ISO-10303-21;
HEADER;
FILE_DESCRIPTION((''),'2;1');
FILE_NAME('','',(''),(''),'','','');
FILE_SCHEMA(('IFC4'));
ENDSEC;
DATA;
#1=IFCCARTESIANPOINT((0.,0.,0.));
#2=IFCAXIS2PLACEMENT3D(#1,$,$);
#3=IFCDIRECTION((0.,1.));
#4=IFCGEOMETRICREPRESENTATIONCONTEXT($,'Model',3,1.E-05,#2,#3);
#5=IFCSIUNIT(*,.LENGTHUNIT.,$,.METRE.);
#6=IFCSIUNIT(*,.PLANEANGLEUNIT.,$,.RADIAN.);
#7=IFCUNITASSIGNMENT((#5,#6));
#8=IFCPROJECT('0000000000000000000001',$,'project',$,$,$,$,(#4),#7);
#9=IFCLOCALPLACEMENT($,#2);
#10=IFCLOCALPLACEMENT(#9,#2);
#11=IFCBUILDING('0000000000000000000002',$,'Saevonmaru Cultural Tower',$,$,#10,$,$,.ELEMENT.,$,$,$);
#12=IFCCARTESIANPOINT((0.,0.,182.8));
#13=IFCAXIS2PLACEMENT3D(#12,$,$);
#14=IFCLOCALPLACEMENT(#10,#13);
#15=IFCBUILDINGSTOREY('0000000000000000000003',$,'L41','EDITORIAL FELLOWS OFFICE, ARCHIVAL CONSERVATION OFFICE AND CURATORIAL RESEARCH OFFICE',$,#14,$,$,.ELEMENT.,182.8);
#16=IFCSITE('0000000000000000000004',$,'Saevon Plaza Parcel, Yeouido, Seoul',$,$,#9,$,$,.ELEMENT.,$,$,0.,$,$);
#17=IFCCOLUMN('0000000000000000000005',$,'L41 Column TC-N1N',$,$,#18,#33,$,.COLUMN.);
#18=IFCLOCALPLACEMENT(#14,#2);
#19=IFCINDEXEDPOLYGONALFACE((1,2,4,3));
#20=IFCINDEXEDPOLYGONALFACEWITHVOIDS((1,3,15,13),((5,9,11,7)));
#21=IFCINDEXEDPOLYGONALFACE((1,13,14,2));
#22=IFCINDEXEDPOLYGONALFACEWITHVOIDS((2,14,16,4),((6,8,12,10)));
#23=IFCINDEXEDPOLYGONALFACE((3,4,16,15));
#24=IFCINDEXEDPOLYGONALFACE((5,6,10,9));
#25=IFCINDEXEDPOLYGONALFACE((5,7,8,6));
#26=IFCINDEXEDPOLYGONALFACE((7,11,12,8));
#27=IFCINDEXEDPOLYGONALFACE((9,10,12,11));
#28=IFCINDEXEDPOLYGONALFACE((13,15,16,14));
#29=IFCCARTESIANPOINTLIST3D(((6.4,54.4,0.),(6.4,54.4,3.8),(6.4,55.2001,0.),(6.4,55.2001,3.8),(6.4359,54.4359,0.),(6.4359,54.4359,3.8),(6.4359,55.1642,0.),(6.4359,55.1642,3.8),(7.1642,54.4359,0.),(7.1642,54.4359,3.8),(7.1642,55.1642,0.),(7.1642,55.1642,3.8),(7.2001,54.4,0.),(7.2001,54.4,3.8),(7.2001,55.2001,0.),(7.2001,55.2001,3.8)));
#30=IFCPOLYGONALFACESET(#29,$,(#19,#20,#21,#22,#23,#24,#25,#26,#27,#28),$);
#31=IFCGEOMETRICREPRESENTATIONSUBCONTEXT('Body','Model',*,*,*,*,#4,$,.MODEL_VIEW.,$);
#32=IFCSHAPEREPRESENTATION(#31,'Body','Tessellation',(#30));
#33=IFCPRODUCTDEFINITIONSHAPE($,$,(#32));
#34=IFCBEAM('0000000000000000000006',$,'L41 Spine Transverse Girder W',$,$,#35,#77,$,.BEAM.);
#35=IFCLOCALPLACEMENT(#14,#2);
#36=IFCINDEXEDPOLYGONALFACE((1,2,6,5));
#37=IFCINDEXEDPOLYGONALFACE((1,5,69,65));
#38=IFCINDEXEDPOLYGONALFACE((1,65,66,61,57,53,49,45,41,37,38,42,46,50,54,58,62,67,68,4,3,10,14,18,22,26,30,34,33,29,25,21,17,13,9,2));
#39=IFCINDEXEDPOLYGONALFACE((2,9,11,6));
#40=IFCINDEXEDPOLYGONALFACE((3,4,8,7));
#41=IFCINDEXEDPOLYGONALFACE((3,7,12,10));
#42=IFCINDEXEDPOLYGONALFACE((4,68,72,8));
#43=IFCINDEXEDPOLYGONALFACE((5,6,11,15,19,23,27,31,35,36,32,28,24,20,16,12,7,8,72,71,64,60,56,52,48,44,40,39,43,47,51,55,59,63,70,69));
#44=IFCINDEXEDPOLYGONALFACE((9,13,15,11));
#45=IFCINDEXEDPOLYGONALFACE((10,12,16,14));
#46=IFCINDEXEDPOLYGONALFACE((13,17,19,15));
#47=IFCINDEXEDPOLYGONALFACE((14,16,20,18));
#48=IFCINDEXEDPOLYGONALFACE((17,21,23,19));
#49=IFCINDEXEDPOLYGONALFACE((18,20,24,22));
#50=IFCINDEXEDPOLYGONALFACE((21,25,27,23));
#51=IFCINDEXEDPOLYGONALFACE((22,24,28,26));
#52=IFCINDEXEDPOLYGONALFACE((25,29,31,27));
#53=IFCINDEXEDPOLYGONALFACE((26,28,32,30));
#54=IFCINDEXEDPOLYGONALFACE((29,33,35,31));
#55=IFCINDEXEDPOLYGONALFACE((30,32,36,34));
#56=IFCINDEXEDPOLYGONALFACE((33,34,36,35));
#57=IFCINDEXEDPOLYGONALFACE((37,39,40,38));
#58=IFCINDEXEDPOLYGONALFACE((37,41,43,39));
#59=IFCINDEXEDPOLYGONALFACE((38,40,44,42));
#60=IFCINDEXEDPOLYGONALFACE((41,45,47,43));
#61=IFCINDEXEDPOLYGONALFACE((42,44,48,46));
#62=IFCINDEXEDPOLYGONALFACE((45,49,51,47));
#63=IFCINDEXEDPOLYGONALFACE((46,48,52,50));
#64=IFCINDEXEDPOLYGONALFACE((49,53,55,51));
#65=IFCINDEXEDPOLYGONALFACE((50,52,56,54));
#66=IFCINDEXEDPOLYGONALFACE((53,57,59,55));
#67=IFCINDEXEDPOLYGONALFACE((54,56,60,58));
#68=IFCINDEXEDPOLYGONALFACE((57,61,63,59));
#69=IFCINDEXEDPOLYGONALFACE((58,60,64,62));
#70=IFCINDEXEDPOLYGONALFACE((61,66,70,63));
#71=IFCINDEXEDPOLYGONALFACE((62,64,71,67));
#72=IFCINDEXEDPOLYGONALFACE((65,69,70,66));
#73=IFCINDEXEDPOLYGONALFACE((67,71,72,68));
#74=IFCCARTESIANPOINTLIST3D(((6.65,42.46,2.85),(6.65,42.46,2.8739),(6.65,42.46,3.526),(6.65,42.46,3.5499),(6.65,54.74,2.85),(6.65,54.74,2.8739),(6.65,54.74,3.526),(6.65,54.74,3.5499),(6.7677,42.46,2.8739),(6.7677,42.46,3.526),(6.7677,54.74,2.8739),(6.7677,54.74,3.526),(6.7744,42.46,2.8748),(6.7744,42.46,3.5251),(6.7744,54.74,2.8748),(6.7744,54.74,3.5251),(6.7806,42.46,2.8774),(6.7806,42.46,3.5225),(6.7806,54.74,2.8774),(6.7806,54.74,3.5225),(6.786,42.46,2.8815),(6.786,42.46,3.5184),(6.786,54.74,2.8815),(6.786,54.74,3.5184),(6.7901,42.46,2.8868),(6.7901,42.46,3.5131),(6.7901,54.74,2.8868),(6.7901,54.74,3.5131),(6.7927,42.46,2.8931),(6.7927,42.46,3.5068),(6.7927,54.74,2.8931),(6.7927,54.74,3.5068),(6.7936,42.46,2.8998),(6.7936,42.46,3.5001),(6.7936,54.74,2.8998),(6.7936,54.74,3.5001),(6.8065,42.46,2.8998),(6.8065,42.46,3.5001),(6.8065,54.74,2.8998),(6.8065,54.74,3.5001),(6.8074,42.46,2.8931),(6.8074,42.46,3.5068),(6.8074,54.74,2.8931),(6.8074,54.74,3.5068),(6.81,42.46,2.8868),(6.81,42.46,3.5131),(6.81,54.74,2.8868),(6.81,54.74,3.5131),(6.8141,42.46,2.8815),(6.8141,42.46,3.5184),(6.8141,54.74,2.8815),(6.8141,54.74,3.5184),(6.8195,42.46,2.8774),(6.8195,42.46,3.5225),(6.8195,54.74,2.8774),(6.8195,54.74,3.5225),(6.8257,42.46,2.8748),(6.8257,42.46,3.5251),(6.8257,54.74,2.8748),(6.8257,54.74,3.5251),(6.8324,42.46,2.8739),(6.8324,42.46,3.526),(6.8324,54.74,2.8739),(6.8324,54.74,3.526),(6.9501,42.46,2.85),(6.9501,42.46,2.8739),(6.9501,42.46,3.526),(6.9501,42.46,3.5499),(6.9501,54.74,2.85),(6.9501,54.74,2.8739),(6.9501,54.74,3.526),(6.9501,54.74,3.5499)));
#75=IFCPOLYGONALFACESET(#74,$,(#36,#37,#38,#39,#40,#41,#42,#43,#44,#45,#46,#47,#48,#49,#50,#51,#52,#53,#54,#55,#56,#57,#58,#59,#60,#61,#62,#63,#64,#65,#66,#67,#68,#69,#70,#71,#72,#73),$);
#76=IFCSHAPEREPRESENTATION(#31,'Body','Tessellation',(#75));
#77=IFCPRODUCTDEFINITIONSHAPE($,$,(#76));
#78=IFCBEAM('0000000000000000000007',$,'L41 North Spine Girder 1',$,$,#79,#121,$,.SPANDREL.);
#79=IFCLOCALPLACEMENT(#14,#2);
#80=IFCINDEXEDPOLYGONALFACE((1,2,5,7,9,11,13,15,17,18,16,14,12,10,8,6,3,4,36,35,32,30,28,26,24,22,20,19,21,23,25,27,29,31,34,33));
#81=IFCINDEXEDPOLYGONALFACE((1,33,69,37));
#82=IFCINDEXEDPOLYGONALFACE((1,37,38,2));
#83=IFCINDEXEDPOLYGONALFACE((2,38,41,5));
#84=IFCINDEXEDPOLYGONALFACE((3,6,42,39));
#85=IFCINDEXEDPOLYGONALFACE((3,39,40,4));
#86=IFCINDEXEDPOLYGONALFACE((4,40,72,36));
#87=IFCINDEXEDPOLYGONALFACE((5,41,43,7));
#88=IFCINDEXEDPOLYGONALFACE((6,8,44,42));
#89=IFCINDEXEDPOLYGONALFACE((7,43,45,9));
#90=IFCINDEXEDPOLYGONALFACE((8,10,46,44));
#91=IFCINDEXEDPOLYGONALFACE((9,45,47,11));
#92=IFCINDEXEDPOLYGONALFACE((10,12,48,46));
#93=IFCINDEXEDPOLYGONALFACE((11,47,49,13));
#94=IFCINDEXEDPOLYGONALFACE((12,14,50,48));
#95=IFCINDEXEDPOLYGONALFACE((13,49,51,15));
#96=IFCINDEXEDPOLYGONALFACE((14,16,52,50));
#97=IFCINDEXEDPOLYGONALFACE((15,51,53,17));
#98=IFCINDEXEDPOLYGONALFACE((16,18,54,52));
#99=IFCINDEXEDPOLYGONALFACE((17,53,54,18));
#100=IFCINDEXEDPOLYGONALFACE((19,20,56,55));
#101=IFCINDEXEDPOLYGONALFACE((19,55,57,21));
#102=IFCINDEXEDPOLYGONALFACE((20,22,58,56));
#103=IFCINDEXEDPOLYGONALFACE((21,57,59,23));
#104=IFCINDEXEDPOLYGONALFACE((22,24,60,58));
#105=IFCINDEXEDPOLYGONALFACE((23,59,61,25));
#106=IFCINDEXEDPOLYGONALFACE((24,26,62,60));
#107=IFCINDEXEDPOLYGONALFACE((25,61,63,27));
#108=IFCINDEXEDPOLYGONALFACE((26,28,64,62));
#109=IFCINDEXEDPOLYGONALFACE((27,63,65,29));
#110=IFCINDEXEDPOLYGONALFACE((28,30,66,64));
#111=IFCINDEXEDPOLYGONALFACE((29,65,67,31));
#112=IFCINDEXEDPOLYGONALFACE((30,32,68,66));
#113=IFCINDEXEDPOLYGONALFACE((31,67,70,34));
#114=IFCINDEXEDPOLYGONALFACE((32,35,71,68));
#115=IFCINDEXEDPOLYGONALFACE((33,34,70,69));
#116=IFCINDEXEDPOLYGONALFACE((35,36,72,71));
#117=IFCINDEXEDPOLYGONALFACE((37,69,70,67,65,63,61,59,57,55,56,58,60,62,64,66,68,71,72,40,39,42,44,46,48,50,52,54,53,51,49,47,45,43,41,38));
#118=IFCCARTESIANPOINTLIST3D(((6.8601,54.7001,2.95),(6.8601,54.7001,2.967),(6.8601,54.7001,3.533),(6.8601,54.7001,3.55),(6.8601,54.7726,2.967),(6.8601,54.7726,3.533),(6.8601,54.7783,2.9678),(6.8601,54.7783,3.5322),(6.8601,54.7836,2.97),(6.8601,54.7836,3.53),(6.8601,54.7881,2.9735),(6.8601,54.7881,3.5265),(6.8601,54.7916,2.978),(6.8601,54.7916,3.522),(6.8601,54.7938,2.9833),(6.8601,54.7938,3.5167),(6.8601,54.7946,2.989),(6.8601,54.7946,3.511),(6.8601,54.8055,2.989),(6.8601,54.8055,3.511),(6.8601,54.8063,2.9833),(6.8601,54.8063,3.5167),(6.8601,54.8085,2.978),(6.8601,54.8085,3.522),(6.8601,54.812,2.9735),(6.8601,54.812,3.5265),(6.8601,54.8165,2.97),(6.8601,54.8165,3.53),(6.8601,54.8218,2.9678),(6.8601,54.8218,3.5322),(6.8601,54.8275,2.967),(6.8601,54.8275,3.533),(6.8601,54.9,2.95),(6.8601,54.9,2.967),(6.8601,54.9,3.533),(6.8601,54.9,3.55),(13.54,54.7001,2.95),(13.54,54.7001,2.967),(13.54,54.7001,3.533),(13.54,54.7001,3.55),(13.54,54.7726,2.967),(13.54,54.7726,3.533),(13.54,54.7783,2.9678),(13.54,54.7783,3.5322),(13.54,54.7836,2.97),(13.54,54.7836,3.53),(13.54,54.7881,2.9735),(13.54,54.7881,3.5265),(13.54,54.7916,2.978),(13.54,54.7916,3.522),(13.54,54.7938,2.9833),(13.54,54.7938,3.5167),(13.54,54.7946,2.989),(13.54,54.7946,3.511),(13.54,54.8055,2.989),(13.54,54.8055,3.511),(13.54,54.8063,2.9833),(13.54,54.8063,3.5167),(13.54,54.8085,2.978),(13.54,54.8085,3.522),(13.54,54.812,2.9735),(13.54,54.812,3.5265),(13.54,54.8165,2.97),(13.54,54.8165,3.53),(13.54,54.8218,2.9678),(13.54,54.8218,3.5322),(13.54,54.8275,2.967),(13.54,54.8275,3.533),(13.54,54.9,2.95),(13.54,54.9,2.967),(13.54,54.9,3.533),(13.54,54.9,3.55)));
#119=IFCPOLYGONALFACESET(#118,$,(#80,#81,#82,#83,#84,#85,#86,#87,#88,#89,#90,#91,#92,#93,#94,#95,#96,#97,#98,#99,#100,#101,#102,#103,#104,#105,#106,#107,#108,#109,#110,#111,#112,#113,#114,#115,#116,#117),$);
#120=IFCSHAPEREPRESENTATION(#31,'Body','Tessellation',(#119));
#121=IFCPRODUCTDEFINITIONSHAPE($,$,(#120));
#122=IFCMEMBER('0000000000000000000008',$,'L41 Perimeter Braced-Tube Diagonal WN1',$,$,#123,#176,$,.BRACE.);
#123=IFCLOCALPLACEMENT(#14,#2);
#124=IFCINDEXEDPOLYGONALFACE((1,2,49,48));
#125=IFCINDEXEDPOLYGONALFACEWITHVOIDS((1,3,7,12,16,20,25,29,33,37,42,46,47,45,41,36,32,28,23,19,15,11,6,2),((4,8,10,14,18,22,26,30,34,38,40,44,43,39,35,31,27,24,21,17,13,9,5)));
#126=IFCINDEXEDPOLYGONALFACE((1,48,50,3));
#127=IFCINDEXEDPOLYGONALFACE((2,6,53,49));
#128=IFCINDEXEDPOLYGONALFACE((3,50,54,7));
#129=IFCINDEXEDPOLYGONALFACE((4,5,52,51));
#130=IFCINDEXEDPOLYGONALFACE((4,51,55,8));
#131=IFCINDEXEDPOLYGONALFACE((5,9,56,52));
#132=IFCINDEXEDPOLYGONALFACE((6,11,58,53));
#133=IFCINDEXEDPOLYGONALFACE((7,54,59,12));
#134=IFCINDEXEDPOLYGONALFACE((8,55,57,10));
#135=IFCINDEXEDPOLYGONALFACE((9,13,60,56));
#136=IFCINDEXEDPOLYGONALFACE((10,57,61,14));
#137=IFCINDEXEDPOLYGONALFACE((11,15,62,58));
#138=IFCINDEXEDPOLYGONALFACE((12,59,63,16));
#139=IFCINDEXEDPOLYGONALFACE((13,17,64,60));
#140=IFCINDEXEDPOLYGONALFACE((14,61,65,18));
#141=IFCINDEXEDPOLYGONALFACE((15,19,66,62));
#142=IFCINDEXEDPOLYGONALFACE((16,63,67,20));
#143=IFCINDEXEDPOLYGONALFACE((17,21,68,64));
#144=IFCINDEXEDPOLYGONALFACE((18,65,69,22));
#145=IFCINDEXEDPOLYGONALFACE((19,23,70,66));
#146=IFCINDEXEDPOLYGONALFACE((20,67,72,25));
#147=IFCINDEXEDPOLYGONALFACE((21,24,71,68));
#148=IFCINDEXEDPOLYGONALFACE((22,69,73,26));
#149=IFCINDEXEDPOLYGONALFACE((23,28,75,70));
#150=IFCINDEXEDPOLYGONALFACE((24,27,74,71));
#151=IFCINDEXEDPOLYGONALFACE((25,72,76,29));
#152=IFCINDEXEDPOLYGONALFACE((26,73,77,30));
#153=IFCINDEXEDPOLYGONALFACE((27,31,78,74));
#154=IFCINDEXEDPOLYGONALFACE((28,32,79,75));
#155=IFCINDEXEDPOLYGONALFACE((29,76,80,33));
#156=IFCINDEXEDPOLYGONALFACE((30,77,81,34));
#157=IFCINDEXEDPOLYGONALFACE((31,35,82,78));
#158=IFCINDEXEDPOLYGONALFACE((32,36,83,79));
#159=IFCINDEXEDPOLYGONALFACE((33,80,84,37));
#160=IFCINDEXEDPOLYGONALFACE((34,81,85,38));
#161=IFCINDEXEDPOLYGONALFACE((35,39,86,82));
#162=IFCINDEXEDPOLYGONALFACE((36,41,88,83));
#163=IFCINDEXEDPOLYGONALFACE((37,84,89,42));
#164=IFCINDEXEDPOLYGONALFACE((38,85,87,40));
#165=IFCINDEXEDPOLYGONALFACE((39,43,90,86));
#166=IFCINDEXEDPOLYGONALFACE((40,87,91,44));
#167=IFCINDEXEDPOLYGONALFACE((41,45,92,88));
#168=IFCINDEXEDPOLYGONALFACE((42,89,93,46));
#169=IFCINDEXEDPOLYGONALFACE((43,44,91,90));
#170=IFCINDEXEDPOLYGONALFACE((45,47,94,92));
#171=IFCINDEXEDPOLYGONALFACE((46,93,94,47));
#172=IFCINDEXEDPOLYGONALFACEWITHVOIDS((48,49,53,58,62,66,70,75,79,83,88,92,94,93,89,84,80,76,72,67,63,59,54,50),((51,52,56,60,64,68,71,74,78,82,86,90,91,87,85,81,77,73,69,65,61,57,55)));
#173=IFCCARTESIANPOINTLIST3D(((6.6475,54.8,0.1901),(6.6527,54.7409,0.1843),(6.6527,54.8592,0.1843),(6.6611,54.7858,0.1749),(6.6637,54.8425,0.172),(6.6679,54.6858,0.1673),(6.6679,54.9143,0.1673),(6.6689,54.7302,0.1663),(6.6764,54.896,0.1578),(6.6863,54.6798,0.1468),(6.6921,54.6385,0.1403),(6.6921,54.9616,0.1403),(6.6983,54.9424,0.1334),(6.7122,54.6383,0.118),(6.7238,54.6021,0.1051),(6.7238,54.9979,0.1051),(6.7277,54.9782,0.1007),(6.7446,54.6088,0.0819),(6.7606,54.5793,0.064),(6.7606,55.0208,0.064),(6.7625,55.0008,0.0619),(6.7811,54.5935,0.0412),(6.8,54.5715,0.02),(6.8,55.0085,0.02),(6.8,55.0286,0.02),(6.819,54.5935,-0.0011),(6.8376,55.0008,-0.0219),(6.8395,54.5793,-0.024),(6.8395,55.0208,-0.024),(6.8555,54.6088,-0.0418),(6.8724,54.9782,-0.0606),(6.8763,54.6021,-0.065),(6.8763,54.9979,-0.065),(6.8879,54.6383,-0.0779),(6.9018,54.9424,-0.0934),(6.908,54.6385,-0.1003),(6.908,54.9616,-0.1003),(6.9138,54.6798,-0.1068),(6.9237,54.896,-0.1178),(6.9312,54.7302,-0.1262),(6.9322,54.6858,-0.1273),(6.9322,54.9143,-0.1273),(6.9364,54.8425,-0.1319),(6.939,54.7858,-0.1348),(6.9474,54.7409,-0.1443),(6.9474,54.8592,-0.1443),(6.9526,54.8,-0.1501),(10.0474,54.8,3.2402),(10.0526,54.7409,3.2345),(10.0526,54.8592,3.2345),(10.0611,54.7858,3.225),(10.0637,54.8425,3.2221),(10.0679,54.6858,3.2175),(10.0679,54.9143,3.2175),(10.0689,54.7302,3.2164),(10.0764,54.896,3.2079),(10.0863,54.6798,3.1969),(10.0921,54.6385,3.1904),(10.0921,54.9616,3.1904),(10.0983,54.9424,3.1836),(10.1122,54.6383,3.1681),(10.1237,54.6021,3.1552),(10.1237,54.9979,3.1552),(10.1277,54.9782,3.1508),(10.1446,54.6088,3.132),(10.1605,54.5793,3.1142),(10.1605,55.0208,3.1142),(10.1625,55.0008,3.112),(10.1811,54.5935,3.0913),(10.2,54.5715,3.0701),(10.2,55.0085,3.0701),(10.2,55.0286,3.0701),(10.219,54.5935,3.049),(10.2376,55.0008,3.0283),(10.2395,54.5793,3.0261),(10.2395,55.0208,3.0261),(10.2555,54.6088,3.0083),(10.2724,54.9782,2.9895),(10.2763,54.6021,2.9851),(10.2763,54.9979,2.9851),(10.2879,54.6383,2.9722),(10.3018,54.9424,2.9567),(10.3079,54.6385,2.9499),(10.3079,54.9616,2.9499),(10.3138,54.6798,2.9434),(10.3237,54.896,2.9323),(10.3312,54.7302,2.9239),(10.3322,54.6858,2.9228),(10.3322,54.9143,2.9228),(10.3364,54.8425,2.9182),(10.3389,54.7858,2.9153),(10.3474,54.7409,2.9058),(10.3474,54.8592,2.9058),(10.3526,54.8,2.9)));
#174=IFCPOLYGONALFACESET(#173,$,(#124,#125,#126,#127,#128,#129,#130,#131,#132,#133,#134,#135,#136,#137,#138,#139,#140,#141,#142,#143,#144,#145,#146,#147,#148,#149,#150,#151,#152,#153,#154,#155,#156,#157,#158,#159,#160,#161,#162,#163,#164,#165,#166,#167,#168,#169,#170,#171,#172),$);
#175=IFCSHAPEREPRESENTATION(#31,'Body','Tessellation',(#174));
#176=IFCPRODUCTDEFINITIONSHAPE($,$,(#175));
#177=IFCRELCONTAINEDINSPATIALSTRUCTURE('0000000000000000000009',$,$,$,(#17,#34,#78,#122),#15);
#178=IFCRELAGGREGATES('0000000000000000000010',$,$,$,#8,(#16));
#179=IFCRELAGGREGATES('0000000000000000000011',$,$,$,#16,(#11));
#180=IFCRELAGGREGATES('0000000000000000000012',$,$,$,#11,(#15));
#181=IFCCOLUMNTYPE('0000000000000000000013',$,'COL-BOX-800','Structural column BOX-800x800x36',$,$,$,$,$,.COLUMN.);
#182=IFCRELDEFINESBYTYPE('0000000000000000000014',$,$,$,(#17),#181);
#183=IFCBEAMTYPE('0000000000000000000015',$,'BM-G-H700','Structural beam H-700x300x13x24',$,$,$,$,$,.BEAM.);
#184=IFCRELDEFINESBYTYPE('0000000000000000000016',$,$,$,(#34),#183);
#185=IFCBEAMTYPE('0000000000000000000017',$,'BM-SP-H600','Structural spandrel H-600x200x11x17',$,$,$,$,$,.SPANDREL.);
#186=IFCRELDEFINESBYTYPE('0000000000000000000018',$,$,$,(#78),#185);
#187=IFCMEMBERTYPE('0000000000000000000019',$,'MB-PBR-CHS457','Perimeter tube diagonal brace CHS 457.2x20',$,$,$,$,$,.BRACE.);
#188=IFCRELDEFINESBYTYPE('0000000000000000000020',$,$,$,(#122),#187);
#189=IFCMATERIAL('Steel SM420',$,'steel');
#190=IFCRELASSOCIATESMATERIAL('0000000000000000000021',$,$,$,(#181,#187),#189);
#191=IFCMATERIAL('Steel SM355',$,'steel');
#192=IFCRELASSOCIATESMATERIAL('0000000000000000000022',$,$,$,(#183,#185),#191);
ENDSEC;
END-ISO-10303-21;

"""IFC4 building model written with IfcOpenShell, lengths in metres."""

from ifc_helpers import new_model, si_unit, direction, frame, origin, origin_2d, place, context, subcontext, project, spatial, hollow_rectangle, hollow_circle, i_section, extrude, material, material_profile, profile_set, type_object, element, save


model = new_model("IFC4")

# Units and contexts
model_context = context("Model", 3, precision=1e-05, world=origin(), true_north=direction((0.0, 1.0)))
body_context = subcontext(model_context, "Body", "Model", "MODEL_VIEW")
ifc_project = project(units=[si_unit("LENGTHUNIT", "METRE"), si_unit("PLANEANGLEUNIT", "RADIAN")], contexts=[model_context])

# Site, building, storey
site_placement = place(None, origin())
site = spatial("IfcSite", under=ifc_project, at=site_placement, Name="Saevon Plaza Parcel, Yeouido, Seoul", CompositionType="ELEMENT", RefElevation=0.0)
building_placement = place(site_placement, origin())
building = spatial("IfcBuilding", under=site, at=building_placement, Name="Saevonmaru Cultural Tower", CompositionType="ELEMENT")
storey_placement = place(building_placement, frame((0.0, 0.0, 182.8)))
storey = spatial("IfcBuildingStorey", under=building, at=storey_placement, Name="L41", Description="EDITORIAL FELLOWS OFFICE, ARCHIVAL CONSERVATION OFFICE AND CURATORIAL RESEARCH OFFICE", CompositionType="ELEMENT", Elevation=182.8)

# Column
ifc_material_1 = material(Name="Steel SM420", Category="steel")
ifc_material_profile_1 = material_profile(ifc_material_1, hollow_rectangle(XDim=0.8, YDim=0.8, WallThickness=0.0359, at=origin_2d()), Name="BOX-800x800x36")
ifc_profile_set_1 = profile_set([ifc_material_profile_1], Name="Steel SM420")
column_type = type_object("IfcColumnType", Name="COL-BOX-800", Description="Structural column BOX-800x800x36", PredefinedType="COLUMN", material=ifc_profile_set_1)
column_placement = place(storey_placement, frame((6.8, 54.8, 0.0), z_axis=(0.0, 0.0, 1.0), x_axis=(1.0, 0.0, 0.0)))
element("IfcColumn", 1, at=column_placement, inside=storey, type_object=column_type, Name="L41 Column TC-N1N", PredefinedType="COLUMN", context=body_context, shape_type="SweptSolid", body=[
    extrude(hollow_rectangle(XDim=0.8, YDim=0.8, WallThickness=0.0359, at=origin_2d()), origin(), (0.0, 0.0, 1.0), 3.8),
])

# Beams
ifc_material_2 = material(Name="Steel SM355", Category="steel")
ifc_material_profile_2 = material_profile(ifc_material_2, i_section(OverallWidth=0.3, OverallDepth=0.7, WebThickness=0.0129, FlangeThickness=0.0239, FilletRadius=0.0259, at=origin_2d()), Name="H-700x300x13x24")
ifc_profile_set_2 = profile_set([ifc_material_profile_2], Name="Steel SM355")
beam_type_1 = type_object("IfcBeamType", Name="BM-G-H700", Description="Structural beam H-700x300x13x24", PredefinedType="BEAM", material=ifc_profile_set_2)
beam_1_placement = place(storey_placement, frame((6.8, 54.74, 3.2), z_axis=(0.0, -1.0, 0.0), x_axis=(1.0, 0.0, 0.0)))
element("IfcBeam", 2, at=beam_1_placement, inside=storey, type_object=beam_type_1, Name="L41 Spine Transverse Girder W", PredefinedType="BEAM", context=body_context, shape_type="SweptSolid", body=[
    extrude(i_section(OverallWidth=0.3, OverallDepth=0.7, WebThickness=0.0129, FlangeThickness=0.0239, FilletRadius=0.0259, at=origin_2d()), origin(), (0.0, 0.0, 1.0), 12.28),
])
ifc_material_profile_3 = material_profile(ifc_material_2, i_section(OverallWidth=0.2, OverallDepth=0.6001, WebThickness=0.011, FlangeThickness=0.0171, FilletRadius=0.022, at=origin_2d()), Name="H-600x200x11x17")
ifc_profile_set_3 = profile_set([ifc_material_profile_3], Name="Steel SM355")
beam_type_2 = type_object("IfcBeamType", Name="BM-SP-H600", Description="Structural spandrel H-600x200x11x17", PredefinedType="SPANDREL", material=ifc_profile_set_3)
beam_2_placement = place(storey_placement, frame((6.8601, 54.8, 3.25), z_axis=(1.0, 0.0, 0.0), x_axis=(0.0, 1.0, 0.0)))
element("IfcBeam", 3, at=beam_2_placement, inside=storey, type_object=beam_type_2, Name="L41 North Spine Girder 1", PredefinedType="SPANDREL", context=body_context, shape_type="SweptSolid", body=[
    extrude(i_section(OverallWidth=0.2, OverallDepth=0.6001, WebThickness=0.011, FlangeThickness=0.0171, FilletRadius=0.022, at=origin_2d()), origin(), (0.0, 0.0, 1.0), 6.6799),
])

# Member
ifc_material_profile_4 = material_profile(ifc_material_1, hollow_circle(Radius=0.2285, WallThickness=0.02, at=origin_2d()), Name="CHS-457.2x20")
ifc_profile_set_4 = profile_set([ifc_material_profile_4], Name="Steel SM420")
member_type_1 = type_object("IfcMemberType", Name="MB-PBR-CHS457", Description="Perimeter tube diagonal brace CHS 457.2x20", PredefinedType="BRACE", material=ifc_profile_set_4)
member_1_placement = place(storey_placement, frame((6.8, 54.8, 0.02), z_axis=(0.744367, 0.0, 0.667771), x_axis=(0.0, 1.0, 0.0)))
element("IfcMember", 4, at=member_1_placement, inside=storey, type_object=member_type_1, Name="L41 Perimeter Braced-Tube Diagonal WN1", PredefinedType="BRACE", context=body_context, shape_type="SweptSolid", body=[
    extrude(hollow_circle(Radius=0.2285, WallThickness=0.02, at=origin_2d()), origin(), (0.0, 0.0, 1.0), 4.5676),
])

save(model, "model.ifc")
